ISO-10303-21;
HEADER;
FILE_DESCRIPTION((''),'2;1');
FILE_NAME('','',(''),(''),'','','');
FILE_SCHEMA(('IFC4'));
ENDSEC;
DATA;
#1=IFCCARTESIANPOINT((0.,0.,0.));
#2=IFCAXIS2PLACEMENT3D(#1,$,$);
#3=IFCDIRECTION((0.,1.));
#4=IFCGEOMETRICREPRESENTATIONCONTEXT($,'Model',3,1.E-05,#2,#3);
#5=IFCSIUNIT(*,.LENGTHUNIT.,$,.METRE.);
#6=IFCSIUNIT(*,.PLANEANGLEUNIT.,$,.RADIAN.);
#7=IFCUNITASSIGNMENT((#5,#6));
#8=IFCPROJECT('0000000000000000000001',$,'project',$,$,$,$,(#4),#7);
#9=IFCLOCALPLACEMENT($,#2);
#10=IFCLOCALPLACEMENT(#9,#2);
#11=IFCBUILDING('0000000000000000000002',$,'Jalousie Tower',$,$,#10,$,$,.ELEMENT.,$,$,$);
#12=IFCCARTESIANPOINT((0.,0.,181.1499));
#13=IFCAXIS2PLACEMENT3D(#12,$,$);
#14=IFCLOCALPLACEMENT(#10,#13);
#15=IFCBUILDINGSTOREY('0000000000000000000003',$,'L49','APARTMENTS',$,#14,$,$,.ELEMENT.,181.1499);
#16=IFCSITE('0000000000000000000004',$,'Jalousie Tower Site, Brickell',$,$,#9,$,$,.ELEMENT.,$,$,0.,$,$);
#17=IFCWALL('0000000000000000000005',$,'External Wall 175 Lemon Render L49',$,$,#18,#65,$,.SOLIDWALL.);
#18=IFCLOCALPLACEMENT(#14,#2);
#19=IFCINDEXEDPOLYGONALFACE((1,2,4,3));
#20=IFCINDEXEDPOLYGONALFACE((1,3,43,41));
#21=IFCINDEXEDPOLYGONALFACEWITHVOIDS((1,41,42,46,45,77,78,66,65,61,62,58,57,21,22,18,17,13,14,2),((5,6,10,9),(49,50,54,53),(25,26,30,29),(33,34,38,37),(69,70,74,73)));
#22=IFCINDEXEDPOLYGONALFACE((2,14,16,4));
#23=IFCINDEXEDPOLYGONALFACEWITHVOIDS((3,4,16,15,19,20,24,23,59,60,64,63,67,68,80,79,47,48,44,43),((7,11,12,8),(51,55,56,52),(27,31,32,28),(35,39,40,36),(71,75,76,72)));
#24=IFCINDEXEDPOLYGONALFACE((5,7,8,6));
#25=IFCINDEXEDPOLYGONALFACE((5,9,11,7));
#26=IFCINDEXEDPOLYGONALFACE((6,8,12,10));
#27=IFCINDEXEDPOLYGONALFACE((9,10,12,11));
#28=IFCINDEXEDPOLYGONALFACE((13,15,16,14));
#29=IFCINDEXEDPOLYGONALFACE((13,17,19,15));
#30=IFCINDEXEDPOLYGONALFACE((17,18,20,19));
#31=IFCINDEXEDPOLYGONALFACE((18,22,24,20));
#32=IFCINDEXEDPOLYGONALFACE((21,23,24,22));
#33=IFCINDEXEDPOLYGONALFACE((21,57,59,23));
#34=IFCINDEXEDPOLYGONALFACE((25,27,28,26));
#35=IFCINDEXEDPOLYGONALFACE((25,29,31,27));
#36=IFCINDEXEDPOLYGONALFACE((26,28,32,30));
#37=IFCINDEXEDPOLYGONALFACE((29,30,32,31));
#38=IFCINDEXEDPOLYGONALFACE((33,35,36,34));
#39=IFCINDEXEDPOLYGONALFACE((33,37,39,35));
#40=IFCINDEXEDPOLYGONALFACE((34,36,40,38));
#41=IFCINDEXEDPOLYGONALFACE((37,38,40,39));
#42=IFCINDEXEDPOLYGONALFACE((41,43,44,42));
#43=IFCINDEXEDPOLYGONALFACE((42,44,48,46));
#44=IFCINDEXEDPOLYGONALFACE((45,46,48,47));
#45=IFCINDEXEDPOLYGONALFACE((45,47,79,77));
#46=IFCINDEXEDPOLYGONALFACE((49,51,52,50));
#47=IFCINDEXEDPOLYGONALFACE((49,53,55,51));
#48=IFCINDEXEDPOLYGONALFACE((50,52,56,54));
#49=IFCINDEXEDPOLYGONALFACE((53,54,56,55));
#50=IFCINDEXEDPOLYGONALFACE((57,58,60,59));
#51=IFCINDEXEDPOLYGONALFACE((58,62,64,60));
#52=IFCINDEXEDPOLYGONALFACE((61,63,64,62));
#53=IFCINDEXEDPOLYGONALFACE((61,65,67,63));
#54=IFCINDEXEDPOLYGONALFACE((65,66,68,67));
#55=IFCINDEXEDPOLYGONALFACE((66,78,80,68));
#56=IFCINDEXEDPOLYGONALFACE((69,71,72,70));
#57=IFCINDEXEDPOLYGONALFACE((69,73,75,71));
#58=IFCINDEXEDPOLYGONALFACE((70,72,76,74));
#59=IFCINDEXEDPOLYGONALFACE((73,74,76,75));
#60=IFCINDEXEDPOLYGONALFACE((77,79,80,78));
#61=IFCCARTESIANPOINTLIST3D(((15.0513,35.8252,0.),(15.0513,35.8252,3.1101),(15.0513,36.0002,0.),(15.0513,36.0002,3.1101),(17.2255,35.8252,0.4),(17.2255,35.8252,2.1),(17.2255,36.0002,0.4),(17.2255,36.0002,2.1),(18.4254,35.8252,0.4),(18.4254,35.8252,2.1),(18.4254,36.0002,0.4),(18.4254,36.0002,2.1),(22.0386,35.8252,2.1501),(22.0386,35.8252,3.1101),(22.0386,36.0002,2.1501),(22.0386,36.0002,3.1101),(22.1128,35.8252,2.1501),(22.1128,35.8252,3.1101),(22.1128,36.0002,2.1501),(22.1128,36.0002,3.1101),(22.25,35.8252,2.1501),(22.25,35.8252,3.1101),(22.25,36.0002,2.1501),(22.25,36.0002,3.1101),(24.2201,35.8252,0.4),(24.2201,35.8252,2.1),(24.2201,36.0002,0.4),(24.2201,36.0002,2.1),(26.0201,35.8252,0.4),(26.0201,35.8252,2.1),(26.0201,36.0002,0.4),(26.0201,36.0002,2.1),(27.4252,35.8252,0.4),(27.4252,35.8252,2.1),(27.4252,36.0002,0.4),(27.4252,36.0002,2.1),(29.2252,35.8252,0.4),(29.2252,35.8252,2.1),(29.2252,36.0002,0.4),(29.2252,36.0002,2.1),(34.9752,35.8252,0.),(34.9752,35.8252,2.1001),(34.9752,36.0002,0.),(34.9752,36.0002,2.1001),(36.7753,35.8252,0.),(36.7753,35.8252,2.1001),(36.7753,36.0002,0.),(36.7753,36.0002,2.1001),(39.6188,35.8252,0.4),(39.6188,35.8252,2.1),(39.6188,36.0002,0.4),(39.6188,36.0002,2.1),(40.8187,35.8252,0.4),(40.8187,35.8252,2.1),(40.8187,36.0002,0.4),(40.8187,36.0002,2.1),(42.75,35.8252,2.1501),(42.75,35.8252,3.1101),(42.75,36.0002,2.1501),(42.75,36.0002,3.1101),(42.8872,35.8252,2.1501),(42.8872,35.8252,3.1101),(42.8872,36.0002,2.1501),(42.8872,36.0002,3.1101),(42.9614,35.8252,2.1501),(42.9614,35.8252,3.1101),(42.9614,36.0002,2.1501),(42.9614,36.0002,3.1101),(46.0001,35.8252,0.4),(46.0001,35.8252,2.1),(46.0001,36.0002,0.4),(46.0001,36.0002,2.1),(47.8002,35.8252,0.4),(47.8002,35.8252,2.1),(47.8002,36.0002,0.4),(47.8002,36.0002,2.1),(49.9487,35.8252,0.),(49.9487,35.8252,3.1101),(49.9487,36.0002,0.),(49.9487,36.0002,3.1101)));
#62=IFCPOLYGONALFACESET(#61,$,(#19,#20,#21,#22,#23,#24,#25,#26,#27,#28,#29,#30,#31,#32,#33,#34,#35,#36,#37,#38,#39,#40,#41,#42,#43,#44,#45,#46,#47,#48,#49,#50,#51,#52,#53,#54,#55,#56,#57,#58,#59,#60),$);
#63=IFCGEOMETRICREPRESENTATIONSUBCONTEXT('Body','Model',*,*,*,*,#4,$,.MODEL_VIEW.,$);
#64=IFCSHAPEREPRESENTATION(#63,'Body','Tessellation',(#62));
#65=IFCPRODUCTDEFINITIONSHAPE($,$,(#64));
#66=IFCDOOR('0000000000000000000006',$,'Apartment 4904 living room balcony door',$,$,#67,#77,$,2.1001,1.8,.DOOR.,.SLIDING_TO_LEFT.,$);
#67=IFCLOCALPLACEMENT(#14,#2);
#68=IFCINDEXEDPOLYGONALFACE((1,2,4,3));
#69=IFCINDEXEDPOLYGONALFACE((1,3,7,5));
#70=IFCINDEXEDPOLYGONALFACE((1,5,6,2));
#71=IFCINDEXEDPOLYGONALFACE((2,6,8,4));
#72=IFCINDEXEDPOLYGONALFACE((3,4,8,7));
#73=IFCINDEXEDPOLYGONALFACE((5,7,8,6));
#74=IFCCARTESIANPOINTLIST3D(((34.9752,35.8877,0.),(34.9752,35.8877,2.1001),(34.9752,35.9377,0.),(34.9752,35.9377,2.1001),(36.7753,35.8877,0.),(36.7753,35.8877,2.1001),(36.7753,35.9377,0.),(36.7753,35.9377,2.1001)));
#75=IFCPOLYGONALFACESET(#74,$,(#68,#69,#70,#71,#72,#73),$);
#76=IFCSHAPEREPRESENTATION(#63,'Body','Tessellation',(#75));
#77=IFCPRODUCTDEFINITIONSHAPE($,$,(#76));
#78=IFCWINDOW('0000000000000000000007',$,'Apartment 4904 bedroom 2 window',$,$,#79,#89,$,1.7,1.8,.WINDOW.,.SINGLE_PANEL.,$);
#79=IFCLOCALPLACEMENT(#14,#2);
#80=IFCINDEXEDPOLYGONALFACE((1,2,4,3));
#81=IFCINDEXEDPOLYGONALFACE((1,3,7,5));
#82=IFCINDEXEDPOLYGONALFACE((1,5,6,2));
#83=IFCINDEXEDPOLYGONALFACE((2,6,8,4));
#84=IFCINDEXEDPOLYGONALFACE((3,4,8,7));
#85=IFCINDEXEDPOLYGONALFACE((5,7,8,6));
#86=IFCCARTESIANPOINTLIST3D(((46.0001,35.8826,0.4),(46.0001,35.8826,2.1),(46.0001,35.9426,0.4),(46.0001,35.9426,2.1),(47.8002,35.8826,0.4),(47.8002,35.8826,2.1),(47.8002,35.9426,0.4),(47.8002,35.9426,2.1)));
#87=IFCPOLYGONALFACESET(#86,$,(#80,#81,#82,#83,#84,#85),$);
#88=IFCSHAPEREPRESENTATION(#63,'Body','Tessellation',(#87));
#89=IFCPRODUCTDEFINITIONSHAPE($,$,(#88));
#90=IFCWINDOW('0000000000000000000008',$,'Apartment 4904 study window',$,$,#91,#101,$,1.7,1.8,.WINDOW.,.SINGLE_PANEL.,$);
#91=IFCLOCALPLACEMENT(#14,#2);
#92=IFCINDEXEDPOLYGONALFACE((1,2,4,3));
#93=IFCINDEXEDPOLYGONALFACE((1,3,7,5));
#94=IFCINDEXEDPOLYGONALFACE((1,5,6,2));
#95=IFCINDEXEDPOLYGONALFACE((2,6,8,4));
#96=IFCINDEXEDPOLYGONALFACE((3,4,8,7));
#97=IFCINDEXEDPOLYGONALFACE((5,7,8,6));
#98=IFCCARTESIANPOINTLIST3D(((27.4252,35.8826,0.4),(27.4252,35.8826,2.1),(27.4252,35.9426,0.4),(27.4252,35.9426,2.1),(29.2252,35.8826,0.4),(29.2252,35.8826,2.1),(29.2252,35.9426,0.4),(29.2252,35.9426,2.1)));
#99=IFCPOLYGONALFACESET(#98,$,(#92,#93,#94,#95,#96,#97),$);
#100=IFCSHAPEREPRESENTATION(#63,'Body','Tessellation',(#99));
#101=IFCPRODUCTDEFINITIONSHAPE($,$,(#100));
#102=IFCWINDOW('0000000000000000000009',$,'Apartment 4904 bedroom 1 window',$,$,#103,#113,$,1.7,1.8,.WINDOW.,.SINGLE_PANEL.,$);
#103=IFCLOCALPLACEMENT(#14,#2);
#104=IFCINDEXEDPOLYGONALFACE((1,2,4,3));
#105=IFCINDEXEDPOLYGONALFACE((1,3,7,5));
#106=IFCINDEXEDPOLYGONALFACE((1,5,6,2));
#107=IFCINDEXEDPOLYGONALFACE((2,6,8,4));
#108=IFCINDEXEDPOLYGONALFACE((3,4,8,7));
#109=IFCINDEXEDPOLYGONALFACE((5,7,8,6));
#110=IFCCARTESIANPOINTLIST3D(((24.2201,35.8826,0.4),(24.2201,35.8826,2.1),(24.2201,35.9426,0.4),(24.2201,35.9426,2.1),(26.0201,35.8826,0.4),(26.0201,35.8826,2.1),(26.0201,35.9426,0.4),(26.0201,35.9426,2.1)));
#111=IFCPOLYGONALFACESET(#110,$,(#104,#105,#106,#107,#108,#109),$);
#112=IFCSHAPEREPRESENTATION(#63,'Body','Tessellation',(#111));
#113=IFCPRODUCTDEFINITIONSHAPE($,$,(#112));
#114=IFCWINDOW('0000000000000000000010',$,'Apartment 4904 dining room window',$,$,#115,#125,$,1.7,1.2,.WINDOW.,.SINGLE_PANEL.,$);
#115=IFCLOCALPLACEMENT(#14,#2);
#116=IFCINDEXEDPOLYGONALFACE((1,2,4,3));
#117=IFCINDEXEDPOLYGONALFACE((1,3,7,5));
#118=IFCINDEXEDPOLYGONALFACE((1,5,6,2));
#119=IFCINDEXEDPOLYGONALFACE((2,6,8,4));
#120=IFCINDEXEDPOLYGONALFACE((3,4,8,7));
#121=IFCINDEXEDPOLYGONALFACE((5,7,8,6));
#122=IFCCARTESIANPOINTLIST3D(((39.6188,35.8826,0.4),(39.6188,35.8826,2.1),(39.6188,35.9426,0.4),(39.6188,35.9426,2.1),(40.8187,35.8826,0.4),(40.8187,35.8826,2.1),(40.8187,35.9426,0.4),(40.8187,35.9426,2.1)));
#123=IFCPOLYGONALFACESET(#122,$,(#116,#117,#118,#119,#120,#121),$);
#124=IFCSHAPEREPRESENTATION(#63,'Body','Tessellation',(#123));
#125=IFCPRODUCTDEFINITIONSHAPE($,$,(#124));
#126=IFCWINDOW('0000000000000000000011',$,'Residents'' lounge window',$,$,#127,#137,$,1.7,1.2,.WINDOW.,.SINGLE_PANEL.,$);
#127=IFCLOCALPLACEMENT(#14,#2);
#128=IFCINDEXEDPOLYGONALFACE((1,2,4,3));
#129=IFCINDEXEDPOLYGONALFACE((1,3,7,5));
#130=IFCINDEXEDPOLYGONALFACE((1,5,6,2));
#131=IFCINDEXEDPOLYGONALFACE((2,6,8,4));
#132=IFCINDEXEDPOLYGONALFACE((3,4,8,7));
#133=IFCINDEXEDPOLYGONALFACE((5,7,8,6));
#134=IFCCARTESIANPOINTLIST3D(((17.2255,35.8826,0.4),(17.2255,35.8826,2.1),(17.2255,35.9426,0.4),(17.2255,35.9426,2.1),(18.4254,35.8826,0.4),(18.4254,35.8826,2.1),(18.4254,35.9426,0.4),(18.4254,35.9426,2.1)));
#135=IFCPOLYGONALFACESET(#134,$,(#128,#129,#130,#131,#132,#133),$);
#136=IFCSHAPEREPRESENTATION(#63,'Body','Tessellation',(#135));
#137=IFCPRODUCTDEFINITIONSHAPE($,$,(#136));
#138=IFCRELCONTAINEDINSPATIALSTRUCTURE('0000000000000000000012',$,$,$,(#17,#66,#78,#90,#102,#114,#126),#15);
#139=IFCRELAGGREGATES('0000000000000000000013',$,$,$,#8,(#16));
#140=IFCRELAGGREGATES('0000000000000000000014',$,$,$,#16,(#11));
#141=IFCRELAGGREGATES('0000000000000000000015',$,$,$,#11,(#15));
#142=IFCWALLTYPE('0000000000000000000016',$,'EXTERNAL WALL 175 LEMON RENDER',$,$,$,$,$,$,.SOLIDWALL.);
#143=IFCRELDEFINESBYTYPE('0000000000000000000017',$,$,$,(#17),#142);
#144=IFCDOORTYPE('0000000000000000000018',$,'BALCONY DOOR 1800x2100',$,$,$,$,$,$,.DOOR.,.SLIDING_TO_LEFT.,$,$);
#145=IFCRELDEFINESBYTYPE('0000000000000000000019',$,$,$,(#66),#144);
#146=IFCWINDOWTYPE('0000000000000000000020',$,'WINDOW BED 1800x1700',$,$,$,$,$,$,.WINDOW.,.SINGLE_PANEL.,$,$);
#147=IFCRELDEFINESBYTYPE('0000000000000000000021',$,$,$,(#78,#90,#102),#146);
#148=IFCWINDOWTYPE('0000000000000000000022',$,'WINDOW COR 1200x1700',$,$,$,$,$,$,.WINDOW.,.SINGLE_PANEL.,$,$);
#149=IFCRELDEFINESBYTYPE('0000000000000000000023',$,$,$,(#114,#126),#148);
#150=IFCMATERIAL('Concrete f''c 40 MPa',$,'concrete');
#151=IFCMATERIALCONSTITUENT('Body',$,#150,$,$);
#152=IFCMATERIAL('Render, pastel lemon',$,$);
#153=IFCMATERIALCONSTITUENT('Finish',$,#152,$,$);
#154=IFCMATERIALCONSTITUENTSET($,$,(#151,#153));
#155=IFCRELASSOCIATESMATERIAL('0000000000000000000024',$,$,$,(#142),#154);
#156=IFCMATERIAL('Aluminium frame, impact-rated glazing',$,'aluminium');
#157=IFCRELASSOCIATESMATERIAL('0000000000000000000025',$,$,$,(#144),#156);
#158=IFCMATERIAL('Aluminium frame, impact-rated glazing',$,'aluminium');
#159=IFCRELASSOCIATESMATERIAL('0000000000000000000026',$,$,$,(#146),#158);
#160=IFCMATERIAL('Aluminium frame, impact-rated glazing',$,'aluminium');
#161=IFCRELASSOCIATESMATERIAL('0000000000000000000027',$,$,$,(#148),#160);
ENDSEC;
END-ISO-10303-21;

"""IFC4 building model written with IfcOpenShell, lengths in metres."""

from ifc_helpers import new_model, si_unit, direction, frame, frame_2d, origin, place, context, subcontext, project, spatial, polyline, rectangle, outline, extrude, material, constituent, constituent_set, type_object, element, fill, save


model = new_model("IFC4")

# Units and contexts
model_context = context("Model", 3, precision=1e-05, world=origin(), true_north=direction((0.0, 1.0)))
body_context = subcontext(model_context, "Body", "Model", "MODEL_VIEW")
ifc_project = project(units=[si_unit("LENGTHUNIT", "METRE"), si_unit("PLANEANGLEUNIT", "RADIAN")], contexts=[model_context])

# Site, building, storey
site_placement = place(None, origin())
site = spatial("IfcSite", under=ifc_project, at=site_placement, Name="Jalousie Tower Site, Brickell", CompositionType="ELEMENT", RefElevation=0.0)
building_placement = place(site_placement, origin())
building = spatial("IfcBuilding", under=site, at=building_placement, Name="Jalousie Tower", CompositionType="ELEMENT")
storey_placement = place(building_placement, frame((0.0, 0.0, 181.1499)))
storey = spatial("IfcBuildingStorey", under=building, at=storey_placement, Name="L49", Description="APARTMENTS", CompositionType="ELEMENT", Elevation=181.1499)

# Wall, openings, door, windows
ifc_material_1 = material(Name="Concrete f'c 40 MPa", Category="concrete")
ifc_constituent_1 = constituent(ifc_material_1, Name="Body")
ifc_material_2 = material(Name="Render, pastel lemon")
ifc_constituent_2 = constituent(ifc_material_2, Name="Finish")
ifc_constituent_set_1 = constituent_set(constituents=[ifc_constituent_1, ifc_constituent_2])
wall_type_1 = type_object("IfcWallType", Name="EXTERNAL WALL 175 LEMON RENDER", PredefinedType="SOLIDWALL", material=ifc_constituent_set_1)
wall_1_placement = place(storey_placement, frame((49.9487, 35.9126, 0.0), z_axis=(0.0, 0.0, 1.0), x_axis=(-1.0, 0.0, 0.0)))
wall_1 = element("IfcWall", 1, at=wall_1_placement, inside=storey, type_object=wall_type_1, Name="External Wall 175 Lemon Render L49", PredefinedType="SOLIDWALL", context=body_context, shape_type="SweptSolid", body=[
    extrude(outline(polyline([(0.0, 0.0), (34.8975, 0.0), (34.8975, 3.1101), (27.9102, 3.1101), (27.9102, 2.1501), (27.8359, 2.1501), (27.8359, 3.1101), (27.6987, 3.1101), (27.6987, 2.1501), (7.1987, 2.1501), (7.1987, 3.1101), (7.0615, 3.1101), (7.0615, 2.1501), (6.9873, 2.1501), (6.9873, 3.1101), (0.0, 3.1101), (0.0, 0.0)])), frame((0.0, 0.0874, 0.0), z_axis=(0.0, -1.0, 0.0), x_axis=(1.0, 0.0, 0.0)), (0.0, 0.0, 1.0), 0.175),
])
opening_1_placement = place(wall_1_placement, frame((2.1487, 0.0, 0.3999)))
opening_1 = element("IfcOpeningElement", 2, at=opening_1_placement, cuts=wall_1, PredefinedType="OPENING", context=body_context, shape_type="SweptSolid", body=[
    extrude(rectangle(XDim=1.8, YDim=1.7, at=frame_2d((0.8999, 0.8501))), frame((0.0, 0.0974, 0.0), z_axis=(0.0, -1.0, 0.0), x_axis=(1.0, 0.0, 0.0)), (0.0, 0.0, 1.0), 0.1951),
])
opening_2_placement = place(wall_1_placement, frame((9.1299, 0.0, 0.3999)))
opening_2 = element("IfcOpeningElement", 3, at=opening_2_placement, cuts=wall_1, PredefinedType="OPENING", context=body_context, shape_type="SweptSolid", body=[
    extrude(rectangle(XDim=1.2, YDim=1.7, at=frame_2d((0.6001, 0.8501))), frame((0.0, 0.0974, 0.0), z_axis=(0.0, -1.0, 0.0), x_axis=(1.0, 0.0, 0.0)), (0.0, 0.0, 1.0), 0.1951),
])
opening_3_placement = place(wall_1_placement, frame((13.1736, 0.0, 0.0)))
opening_3 = element("IfcOpeningElement", 4, at=opening_3_placement, cuts=wall_1, PredefinedType="OPENING", context=body_context, shape_type="SweptSolid", body=[
    extrude(rectangle(XDim=1.8, YDim=2.1001, at=frame_2d((0.8999, 1.05))), frame((0.0, 0.0974, 0.0), z_axis=(0.0, -1.0, 0.0), x_axis=(1.0, 0.0, 0.0)), (0.0, 0.0, 1.0), 0.1951),
])
opening_4_placement = place(wall_1_placement, frame((20.7236, 0.0, 0.3999)))
opening_4 = element("IfcOpeningElement", 5, at=opening_4_placement, cuts=wall_1, PredefinedType="OPENING", context=body_context, shape_type="SweptSolid", body=[
    extrude(rectangle(XDim=1.8, YDim=1.7, at=frame_2d((0.8999, 0.8501))), frame((0.0, 0.0974, 0.0), z_axis=(0.0, -1.0, 0.0), x_axis=(1.0, 0.0, 0.0)), (0.0, 0.0, 1.0), 0.1951),
])
opening_5_placement = place(wall_1_placement, frame((23.9287, 0.0, 0.3999)))
opening_5 = element("IfcOpeningElement", 6, at=opening_5_placement, cuts=wall_1, PredefinedType="OPENING", context=body_context, shape_type="SweptSolid", body=[
    extrude(rectangle(XDim=1.8, YDim=1.7, at=frame_2d((0.8999, 0.8501))), frame((0.0, 0.0974, 0.0), z_axis=(0.0, -1.0, 0.0), x_axis=(1.0, 0.0, 0.0)), (0.0, 0.0, 1.0), 0.1951),
])
opening_6_placement = place(wall_1_placement, frame((31.5232, 0.0, 0.3999)))
opening_6 = element("IfcOpeningElement", 7, at=opening_6_placement, cuts=wall_1, PredefinedType="OPENING", context=body_context, shape_type="SweptSolid", body=[
    extrude(rectangle(XDim=1.2, YDim=1.7, at=frame_2d((0.6001, 0.8501))), frame((0.0, 0.0974, 0.0), z_axis=(0.0, -1.0, 0.0), x_axis=(1.0, 0.0, 0.0)), (0.0, 0.0, 1.0), 0.1951),
])
ifc_material_3 = material(Name="Aluminium frame, impact-rated glazing", Category="aluminium")
door_type_1 = type_object("IfcDoorType", Name="BALCONY DOOR 1800x2100", OperationType="SLIDING_TO_LEFT", PredefinedType="DOOR", material=ifc_material_3)
door_1_placement = place(opening_3_placement, origin())
door_1 = element("IfcDoor", 8, at=door_1_placement, inside=storey, type_object=door_type_1, Name="Apartment 4904 living room balcony door", OperationType="SLIDING_TO_LEFT", OverallHeight=2.1001, OverallWidth=1.8, PredefinedType="DOOR", context=body_context, shape_type="SweptSolid", body=[
    extrude(rectangle(XDim=1.8, YDim=2.1001, at=frame_2d((0.8999, 1.05))), frame((0.0, 0.0249, 0.0), z_axis=(0.0, -1.0, 0.0), x_axis=(1.0, 0.0, 0.0)), (0.0, 0.0, 1.0), 0.05),
])
fill(opening_3, door_1)
ifc_material_4 = material(Name="Aluminium frame, impact-rated glazing", Category="aluminium")
window_type_1 = type_object("IfcWindowType", Name="WINDOW BED 1800x1700", PartitioningType="SINGLE_PANEL", PredefinedType="WINDOW", material=ifc_material_4)
window_1_placement = place(opening_1_placement, origin())
window_1 = element("IfcWindow", 9, at=window_1_placement, inside=storey, type_object=window_type_1, Name="Apartment 4904 bedroom 2 window", OverallHeight=1.7, OverallWidth=1.8, PartitioningType="SINGLE_PANEL", PredefinedType="WINDOW", context=body_context, shape_type="SweptSolid", body=[
    extrude(rectangle(XDim=1.8, YDim=1.7, at=frame_2d((0.8999, 0.8501))), frame((0.0, 0.03, 0.0), z_axis=(0.0, -1.0, 0.0), x_axis=(1.0, 0.0, 0.0)), (0.0, 0.0, 1.0), 0.0601),
])
fill(opening_1, window_1)
window_2_placement = place(opening_4_placement, origin())
window_2 = element("IfcWindow", 10, at=window_2_placement, inside=storey, type_object=window_type_1, Name="Apartment 4904 study window", OverallHeight=1.7, OverallWidth=1.8, PartitioningType="SINGLE_PANEL", PredefinedType="WINDOW", context=body_context, shape_type="SweptSolid", body=[
    extrude(rectangle(XDim=1.8, YDim=1.7, at=frame_2d((0.8999, 0.8501))), frame((0.0, 0.03, 0.0), z_axis=(0.0, -1.0, 0.0), x_axis=(1.0, 0.0, 0.0)), (0.0, 0.0, 1.0), 0.0601),
])
fill(opening_4, window_2)
window_3_placement = place(opening_5_placement, origin())
window_3 = element("IfcWindow", 11, at=window_3_placement, inside=storey, type_object=window_type_1, Name="Apartment 4904 bedroom 1 window", OverallHeight=1.7, OverallWidth=1.8, PartitioningType="SINGLE_PANEL", PredefinedType="WINDOW", context=body_context, shape_type="SweptSolid", body=[
    extrude(rectangle(XDim=1.8, YDim=1.7, at=frame_2d((0.8999, 0.8501))), frame((0.0, 0.03, 0.0), z_axis=(0.0, -1.0, 0.0), x_axis=(1.0, 0.0, 0.0)), (0.0, 0.0, 1.0), 0.0601),
])
fill(opening_5, window_3)
ifc_material_5 = material(Name="Aluminium frame, impact-rated glazing", Category="aluminium")
window_type_2 = type_object("IfcWindowType", Name="WINDOW COR 1200x1700", PartitioningType="SINGLE_PANEL", PredefinedType="WINDOW", material=ifc_material_5)
window_4_placement = place(opening_2_placement, origin())
window_4 = element("IfcWindow", 12, at=window_4_placement, inside=storey, type_object=window_type_2, Name="Apartment 4904 dining room window", OverallHeight=1.7, OverallWidth=1.2, PartitioningType="SINGLE_PANEL", PredefinedType="WINDOW", context=body_context, shape_type="SweptSolid", body=[
    extrude(rectangle(XDim=1.2, YDim=1.7, at=frame_2d((0.6001, 0.8501))), frame((0.0, 0.03, 0.0), z_axis=(0.0, -1.0, 0.0), x_axis=(1.0, 0.0, 0.0)), (0.0, 0.0, 1.0), 0.0601),
])
fill(opening_2, window_4)
window_5_placement = place(opening_6_placement, origin())
window_5 = element("IfcWindow", 13, at=window_5_placement, inside=storey, type_object=window_type_2, Name="Residents' lounge window", OverallHeight=1.7, OverallWidth=1.2, PartitioningType="SINGLE_PANEL", PredefinedType="WINDOW", context=body_context, shape_type="SweptSolid", body=[
    extrude(rectangle(XDim=1.2, YDim=1.7, at=frame_2d((0.6001, 0.8501))), frame((0.0, 0.03, 0.0), z_axis=(0.0, -1.0, 0.0), x_axis=(1.0, 0.0, 0.0)), (0.0, 0.0, 1.0), 0.0601),
])
fill(opening_6, window_5)

save(model, "model.ifc")
